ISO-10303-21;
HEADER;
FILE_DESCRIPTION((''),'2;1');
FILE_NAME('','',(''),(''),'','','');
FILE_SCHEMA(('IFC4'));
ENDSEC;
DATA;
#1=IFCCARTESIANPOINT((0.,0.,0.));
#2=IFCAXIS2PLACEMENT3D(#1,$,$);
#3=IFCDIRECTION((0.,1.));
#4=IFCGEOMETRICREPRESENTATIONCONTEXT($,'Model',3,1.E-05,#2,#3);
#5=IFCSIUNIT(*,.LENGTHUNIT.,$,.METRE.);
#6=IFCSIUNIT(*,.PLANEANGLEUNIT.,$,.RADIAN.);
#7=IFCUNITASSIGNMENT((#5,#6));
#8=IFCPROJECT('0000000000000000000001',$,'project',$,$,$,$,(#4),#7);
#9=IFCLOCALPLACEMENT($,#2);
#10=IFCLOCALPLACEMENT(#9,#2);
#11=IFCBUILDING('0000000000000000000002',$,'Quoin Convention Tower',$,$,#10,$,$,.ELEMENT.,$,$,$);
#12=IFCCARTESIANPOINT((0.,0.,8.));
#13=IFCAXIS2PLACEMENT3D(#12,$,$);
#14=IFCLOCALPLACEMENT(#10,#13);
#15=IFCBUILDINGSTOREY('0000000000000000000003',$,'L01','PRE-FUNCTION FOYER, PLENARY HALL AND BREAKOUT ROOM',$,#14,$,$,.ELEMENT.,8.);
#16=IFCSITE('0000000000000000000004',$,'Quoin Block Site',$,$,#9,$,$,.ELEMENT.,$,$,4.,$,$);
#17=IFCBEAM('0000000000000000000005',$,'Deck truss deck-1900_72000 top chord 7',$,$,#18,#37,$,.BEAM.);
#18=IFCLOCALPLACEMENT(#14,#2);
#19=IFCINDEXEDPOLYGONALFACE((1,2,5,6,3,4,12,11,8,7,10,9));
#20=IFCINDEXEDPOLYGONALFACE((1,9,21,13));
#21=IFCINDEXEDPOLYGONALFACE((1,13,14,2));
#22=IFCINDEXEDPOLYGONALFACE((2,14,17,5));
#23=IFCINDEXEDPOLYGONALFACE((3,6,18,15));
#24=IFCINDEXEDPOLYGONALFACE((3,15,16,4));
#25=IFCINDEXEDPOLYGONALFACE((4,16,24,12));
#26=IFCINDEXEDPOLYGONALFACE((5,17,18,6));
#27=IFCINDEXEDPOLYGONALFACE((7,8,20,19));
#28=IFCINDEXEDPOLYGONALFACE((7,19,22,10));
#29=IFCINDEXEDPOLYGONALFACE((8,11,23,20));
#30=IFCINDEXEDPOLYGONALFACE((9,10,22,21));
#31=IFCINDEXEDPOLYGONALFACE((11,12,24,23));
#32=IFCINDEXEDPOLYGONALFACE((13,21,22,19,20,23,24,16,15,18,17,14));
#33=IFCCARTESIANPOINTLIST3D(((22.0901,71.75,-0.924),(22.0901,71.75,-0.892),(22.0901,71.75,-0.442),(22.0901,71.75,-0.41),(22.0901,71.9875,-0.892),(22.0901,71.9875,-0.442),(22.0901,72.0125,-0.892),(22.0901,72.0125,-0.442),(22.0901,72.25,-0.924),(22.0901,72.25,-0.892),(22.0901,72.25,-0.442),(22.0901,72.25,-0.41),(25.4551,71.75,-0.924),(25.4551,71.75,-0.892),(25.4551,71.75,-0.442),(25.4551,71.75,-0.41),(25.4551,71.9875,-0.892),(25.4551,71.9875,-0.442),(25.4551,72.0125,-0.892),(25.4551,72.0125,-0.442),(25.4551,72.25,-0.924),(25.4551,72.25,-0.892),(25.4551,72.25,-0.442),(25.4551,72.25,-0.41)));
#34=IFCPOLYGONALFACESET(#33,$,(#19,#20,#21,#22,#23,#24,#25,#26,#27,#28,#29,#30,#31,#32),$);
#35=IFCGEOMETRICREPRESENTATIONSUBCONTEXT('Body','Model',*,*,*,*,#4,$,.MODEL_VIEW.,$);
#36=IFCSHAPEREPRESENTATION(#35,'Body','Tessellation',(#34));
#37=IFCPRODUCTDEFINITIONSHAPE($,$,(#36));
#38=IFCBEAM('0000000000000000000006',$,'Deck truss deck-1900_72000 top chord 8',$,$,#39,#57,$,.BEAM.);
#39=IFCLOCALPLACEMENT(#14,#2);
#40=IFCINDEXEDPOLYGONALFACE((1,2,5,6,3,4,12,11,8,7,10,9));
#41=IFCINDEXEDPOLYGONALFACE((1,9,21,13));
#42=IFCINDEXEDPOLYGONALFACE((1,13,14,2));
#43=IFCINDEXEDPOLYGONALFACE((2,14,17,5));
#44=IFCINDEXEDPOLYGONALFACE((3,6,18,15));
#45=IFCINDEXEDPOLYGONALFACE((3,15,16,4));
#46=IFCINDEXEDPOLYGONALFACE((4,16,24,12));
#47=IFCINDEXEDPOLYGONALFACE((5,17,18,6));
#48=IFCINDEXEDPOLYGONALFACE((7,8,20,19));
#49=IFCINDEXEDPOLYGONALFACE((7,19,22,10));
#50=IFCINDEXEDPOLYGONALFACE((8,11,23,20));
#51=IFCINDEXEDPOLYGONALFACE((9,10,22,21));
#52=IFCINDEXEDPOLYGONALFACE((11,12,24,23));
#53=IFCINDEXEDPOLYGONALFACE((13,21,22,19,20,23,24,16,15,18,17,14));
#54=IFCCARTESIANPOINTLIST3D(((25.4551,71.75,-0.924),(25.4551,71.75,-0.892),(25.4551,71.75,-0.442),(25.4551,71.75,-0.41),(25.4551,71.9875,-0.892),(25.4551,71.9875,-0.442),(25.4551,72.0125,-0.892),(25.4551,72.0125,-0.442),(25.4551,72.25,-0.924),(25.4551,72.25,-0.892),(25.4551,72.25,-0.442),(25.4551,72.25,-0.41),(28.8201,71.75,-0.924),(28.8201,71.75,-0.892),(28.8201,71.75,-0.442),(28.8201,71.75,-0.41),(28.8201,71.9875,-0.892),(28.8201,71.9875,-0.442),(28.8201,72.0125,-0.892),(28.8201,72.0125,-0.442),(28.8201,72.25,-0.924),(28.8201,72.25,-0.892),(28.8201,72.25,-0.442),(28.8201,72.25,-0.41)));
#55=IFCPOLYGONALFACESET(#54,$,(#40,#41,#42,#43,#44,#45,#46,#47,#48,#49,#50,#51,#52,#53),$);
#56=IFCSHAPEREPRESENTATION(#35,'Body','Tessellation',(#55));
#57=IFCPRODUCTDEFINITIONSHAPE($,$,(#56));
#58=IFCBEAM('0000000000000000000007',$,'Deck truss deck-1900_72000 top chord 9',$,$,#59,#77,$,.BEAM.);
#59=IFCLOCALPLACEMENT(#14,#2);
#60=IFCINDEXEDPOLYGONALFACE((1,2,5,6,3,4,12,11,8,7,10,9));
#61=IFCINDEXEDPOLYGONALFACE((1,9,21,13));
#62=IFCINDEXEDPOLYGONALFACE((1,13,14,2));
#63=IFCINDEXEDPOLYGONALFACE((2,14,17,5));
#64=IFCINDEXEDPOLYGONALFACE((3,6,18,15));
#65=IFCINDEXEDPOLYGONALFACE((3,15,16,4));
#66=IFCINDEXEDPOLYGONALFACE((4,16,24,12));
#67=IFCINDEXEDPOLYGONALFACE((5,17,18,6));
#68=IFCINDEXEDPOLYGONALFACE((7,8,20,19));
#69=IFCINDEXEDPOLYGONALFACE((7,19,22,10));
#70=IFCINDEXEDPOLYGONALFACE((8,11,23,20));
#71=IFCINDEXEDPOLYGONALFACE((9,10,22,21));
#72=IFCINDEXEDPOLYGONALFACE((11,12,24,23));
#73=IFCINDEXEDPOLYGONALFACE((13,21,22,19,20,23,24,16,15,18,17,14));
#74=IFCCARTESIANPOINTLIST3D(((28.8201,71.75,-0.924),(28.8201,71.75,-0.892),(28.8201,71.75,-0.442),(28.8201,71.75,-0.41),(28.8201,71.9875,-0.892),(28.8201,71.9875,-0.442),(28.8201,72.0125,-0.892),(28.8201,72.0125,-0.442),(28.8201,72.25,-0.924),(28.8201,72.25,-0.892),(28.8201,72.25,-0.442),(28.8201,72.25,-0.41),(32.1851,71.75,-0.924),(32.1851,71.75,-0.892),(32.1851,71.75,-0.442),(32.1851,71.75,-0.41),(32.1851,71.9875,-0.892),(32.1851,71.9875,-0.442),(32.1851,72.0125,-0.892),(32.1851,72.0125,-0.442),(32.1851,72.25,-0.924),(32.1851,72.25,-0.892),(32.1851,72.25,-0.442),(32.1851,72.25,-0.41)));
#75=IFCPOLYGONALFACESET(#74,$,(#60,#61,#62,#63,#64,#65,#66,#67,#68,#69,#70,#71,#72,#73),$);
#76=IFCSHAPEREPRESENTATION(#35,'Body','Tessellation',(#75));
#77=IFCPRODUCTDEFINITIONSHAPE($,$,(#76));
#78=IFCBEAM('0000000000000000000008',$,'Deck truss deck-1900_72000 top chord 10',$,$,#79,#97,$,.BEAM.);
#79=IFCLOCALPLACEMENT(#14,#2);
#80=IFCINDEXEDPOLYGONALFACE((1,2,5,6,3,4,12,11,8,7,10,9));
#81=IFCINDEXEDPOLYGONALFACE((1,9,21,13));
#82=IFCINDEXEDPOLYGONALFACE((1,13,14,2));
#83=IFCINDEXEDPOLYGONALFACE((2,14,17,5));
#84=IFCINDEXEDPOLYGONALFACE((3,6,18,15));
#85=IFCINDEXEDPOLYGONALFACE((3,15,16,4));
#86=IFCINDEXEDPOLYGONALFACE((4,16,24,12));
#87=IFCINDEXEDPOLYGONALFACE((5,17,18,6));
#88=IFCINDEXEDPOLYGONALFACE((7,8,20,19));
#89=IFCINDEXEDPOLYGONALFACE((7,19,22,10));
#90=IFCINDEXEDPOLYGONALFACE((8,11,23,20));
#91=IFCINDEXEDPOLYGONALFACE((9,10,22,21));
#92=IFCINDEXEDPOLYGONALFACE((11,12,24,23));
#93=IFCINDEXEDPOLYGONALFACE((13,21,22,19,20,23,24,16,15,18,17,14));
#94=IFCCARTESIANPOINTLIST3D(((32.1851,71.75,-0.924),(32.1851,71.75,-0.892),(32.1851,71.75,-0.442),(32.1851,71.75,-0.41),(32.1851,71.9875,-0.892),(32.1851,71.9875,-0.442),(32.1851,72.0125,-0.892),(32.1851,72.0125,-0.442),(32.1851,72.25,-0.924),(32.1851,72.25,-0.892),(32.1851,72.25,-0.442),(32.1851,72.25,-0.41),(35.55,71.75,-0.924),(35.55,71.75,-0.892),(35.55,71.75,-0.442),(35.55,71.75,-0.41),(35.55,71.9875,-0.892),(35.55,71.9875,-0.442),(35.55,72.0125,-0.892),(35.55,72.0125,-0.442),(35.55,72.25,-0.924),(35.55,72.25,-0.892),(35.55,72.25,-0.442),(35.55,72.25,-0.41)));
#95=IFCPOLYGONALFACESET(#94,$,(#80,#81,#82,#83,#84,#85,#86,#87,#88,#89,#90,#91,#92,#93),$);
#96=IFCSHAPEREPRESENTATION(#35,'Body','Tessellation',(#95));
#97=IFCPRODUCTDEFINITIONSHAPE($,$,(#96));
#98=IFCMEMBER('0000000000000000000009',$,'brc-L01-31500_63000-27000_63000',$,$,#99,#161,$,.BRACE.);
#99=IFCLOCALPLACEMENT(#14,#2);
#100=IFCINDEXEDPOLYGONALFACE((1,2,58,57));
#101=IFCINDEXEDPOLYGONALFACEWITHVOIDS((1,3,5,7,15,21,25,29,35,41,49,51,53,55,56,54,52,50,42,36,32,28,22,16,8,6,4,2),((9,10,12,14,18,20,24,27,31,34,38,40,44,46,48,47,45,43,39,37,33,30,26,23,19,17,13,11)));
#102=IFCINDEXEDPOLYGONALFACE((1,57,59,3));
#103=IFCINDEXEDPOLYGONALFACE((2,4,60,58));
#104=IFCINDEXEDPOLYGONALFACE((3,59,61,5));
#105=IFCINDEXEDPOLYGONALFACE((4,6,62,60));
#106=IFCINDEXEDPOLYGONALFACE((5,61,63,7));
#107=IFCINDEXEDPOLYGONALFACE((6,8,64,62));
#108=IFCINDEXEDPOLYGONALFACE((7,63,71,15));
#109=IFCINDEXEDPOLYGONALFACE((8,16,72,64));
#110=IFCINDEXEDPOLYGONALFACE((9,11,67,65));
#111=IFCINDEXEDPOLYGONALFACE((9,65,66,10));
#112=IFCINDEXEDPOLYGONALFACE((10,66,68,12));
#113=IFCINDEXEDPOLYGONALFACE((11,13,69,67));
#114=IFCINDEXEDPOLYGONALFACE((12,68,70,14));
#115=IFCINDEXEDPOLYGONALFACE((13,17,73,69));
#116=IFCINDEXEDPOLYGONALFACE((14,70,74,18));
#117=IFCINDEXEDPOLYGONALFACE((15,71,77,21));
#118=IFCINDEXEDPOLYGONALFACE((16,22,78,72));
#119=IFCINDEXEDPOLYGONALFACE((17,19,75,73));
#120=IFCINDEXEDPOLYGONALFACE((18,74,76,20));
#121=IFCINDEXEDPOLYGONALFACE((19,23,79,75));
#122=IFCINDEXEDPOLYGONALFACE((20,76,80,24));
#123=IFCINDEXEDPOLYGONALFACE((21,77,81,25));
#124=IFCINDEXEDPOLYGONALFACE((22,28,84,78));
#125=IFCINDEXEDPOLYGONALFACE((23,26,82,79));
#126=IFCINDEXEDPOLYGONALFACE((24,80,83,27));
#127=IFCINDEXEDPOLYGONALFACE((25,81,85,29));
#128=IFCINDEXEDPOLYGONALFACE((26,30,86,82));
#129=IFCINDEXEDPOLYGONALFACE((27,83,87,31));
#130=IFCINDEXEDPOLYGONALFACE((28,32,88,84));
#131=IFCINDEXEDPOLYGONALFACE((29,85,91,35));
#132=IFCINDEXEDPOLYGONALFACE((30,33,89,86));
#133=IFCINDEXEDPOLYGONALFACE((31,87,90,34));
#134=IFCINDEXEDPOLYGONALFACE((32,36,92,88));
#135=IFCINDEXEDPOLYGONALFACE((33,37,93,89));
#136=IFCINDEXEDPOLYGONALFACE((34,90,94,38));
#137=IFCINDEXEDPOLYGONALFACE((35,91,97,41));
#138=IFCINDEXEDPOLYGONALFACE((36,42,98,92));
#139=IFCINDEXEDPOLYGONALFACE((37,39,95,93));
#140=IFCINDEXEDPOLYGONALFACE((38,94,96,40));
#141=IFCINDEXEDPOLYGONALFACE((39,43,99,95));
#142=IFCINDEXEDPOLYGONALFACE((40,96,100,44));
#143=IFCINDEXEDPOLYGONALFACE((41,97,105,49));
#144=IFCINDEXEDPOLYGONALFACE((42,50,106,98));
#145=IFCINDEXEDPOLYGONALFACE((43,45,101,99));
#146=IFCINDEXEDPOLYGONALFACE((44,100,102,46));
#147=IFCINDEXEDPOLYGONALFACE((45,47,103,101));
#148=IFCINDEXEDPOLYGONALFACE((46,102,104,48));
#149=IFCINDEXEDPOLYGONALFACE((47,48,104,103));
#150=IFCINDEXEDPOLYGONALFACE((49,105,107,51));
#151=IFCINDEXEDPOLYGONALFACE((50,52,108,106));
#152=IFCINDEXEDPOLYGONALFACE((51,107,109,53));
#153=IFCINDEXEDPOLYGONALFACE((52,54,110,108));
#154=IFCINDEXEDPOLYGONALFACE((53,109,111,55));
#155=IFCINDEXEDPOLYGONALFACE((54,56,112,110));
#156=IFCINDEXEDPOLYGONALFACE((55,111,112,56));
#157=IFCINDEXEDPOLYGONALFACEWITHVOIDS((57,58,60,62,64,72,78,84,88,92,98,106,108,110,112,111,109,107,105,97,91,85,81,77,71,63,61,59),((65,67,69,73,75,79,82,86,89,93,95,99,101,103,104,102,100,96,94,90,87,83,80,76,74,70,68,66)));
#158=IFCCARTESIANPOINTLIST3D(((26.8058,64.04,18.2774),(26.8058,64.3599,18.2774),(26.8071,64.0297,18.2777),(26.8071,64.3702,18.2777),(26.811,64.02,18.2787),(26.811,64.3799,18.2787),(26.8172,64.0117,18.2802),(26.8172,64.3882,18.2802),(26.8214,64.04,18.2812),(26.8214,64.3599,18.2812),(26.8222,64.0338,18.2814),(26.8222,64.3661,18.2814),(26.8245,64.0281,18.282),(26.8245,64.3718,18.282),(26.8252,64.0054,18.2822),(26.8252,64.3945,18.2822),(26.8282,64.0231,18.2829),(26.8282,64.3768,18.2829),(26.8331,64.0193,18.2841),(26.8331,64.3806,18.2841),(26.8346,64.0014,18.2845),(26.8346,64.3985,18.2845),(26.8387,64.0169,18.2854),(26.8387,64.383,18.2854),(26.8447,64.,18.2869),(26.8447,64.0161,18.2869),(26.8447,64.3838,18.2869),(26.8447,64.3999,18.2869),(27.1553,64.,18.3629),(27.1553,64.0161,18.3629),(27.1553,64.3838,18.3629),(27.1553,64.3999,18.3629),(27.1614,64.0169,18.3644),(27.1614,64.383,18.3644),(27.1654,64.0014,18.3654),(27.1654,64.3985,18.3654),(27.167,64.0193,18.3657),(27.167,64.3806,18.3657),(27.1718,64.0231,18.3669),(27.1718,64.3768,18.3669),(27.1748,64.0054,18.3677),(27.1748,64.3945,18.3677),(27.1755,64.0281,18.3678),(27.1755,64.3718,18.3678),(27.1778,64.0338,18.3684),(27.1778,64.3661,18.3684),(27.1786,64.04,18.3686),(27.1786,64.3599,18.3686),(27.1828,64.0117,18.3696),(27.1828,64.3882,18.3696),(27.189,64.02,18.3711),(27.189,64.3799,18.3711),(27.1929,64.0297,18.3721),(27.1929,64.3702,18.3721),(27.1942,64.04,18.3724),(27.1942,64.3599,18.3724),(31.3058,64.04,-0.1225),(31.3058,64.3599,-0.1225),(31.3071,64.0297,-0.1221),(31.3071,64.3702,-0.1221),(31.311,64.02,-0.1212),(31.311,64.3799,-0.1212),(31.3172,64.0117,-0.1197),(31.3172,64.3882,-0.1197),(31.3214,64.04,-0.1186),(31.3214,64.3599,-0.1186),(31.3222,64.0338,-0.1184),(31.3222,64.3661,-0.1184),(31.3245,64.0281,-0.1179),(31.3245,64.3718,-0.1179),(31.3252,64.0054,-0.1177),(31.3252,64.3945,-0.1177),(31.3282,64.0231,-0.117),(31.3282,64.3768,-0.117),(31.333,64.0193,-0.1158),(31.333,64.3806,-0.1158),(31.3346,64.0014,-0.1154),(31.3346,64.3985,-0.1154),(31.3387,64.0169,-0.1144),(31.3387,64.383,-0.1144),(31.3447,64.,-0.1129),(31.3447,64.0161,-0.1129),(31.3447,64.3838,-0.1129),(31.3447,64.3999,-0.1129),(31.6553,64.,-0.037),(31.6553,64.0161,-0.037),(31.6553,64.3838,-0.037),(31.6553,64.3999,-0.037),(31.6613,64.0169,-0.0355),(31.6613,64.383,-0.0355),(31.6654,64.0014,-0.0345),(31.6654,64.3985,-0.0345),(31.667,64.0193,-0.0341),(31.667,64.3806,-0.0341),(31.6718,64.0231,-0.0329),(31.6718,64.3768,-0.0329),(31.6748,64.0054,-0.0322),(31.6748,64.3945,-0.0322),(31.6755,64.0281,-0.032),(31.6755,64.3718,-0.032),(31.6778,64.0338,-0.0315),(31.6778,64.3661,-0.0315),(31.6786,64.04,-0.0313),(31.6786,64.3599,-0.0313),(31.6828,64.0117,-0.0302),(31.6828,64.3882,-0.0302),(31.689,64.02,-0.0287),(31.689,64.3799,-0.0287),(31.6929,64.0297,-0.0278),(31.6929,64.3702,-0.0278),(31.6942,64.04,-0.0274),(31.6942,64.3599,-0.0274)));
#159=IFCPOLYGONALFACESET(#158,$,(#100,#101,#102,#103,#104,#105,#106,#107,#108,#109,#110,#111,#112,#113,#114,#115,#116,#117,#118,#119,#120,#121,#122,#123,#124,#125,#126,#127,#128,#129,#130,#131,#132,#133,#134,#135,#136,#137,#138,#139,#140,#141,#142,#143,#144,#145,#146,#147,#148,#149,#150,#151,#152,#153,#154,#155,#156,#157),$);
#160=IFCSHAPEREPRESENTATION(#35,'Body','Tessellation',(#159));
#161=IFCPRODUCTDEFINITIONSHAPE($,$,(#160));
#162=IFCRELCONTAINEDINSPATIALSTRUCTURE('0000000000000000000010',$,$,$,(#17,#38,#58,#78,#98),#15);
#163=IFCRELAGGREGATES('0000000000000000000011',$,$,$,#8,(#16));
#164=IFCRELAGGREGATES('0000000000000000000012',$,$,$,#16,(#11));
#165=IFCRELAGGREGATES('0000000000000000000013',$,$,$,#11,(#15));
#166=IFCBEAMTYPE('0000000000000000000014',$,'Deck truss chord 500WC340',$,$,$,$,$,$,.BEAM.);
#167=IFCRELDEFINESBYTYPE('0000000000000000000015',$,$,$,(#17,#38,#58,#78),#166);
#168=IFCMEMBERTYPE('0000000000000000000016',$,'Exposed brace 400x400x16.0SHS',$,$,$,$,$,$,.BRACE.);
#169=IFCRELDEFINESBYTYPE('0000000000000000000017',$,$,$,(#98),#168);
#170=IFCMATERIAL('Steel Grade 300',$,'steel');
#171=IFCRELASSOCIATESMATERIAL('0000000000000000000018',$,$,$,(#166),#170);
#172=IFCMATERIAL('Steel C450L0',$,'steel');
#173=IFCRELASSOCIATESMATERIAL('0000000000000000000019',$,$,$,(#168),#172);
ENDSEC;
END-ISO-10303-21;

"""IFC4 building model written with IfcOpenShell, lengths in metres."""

from ifc_helpers import new_model, si_unit, direction, frame, origin, origin_2d, place, context, subcontext, project, spatial, hollow_rectangle, i_section, extrude, material, material_profile, profile_set, type_object, element, save


model = new_model("IFC4")

# Units and contexts
model_context = context("Model", 3, precision=1e-05, world=origin(), true_north=direction((0.0, 1.0)))
body_context = subcontext(model_context, "Body", "Model", "MODEL_VIEW")
ifc_project = project(units=[si_unit("LENGTHUNIT", "METRE"), si_unit("PLANEANGLEUNIT", "RADIAN")], contexts=[model_context])

# Site, building, storey
site_placement = place(None, origin())
site = spatial("IfcSite", under=ifc_project, at=site_placement, Name="Quoin Block Site", CompositionType="ELEMENT", RefElevation=4.0)
building_placement = place(site_placement, origin())
building = spatial("IfcBuilding", under=site, at=building_placement, Name="Quoin Convention Tower", CompositionType="ELEMENT")
storey_placement = place(building_placement, frame((0.0, 0.0, 8.0)))
storey = spatial("IfcBuildingStorey", under=building, at=storey_placement, Name="L01", Description="PRE-FUNCTION FOYER, PLENARY HALL AND BREAKOUT ROOM", CompositionType="ELEMENT", Elevation=8.0)

# Shared definitions
ifc_material_1 = material(Name="Steel C450L0", Category="steel")

# Shared definitions
ifc_material_2 = material(Name="Steel Grade 300", Category="steel")

# Beams
ifc_material_profile_1 = material_profile(ifc_material_2, i_section(OverallWidth=0.5, OverallDepth=0.5139, WebThickness=0.0249, FlangeThickness=0.032, at=origin_2d()), Name="500WC340")
ifc_profile_set_1 = profile_set([ifc_material_profile_1], Name="Steel Grade 300")
beam_type_1 = type_object("IfcBeamType", Name="Deck truss chord 500WC340", PredefinedType="BEAM", material=ifc_profile_set_1)
for number, where, z_axis, x_axis, name in (
    (1, (22.0901, 72.0, -0.667), (1.0, 0.0, 0.0), (0.0, 1.0, 0.0), "Deck truss deck-1900_72000 top chord 7"),
    (2, (25.4551, 72.0, -0.667), (1.0, 0.0, 0.0), (0.0, 1.0, 0.0), "Deck truss deck-1900_72000 top chord 8"),
    (3, (28.8201, 72.0, -0.667), (1.0, 0.0, 0.0), (0.0, 1.0, 0.0), "Deck truss deck-1900_72000 top chord 9"),
    (4, (32.1851, 72.0, -0.667), (1.0, 0.0, 0.0), (0.0, 1.0, 0.0), "Deck truss deck-1900_72000 top chord 10"),
):
    element("IfcBeam", number, at=place(storey_placement, frame(where, z_axis=z_axis, x_axis=x_axis)), inside=storey, type_object=beam_type_1, Name=name, PredefinedType="BEAM", context=body_context, shape_type="SweptSolid", body=[
        extrude(i_section(OverallWidth=0.5, OverallDepth=0.5139, WebThickness=0.0249, FlangeThickness=0.032, at=origin_2d()), origin(), (0.0, 0.0, 1.0), 3.365),
    ])

# Member
ifc_material_profile_2 = material_profile(ifc_material_1, hollow_rectangle(XDim=0.3999, YDim=0.3999, WallThickness=0.0161, InnerFilletRadius=0.0239, OuterFilletRadius=0.04, at=origin_2d()), Name="400x400x16.0SHS")
ifc_profile_set_2 = profile_set([ifc_material_profile_2], Name="Steel C450L0")
member_type_1 = type_object("IfcMemberType", Name="Exposed brace 400x400x16.0SHS", PredefinedType="BRACE", material=ifc_profile_set_2)
for number, where, z_axis, x_axis, name in (
    (5, (31.5, 64.2, -0.075), (-0.237565, 0.0, 0.971372), (0.0, -1.0, 0.0), "brc-L01-31500_63000-27000_63000"),
):
    element("IfcMember", number, at=place(storey_placement, frame(where, z_axis=z_axis, x_axis=x_axis)), inside=storey, type_object=member_type_1, Name=name, PredefinedType="BRACE", context=body_context, shape_type="SweptSolid", body=[
        extrude(hollow_rectangle(XDim=0.3999, YDim=0.3999, WallThickness=0.0161, InnerFilletRadius=0.0239, OuterFilletRadius=0.04, at=origin_2d()), origin(), (0.0, 0.0, 1.0), 18.9421),
    ])

save(model, "model.ifc")
